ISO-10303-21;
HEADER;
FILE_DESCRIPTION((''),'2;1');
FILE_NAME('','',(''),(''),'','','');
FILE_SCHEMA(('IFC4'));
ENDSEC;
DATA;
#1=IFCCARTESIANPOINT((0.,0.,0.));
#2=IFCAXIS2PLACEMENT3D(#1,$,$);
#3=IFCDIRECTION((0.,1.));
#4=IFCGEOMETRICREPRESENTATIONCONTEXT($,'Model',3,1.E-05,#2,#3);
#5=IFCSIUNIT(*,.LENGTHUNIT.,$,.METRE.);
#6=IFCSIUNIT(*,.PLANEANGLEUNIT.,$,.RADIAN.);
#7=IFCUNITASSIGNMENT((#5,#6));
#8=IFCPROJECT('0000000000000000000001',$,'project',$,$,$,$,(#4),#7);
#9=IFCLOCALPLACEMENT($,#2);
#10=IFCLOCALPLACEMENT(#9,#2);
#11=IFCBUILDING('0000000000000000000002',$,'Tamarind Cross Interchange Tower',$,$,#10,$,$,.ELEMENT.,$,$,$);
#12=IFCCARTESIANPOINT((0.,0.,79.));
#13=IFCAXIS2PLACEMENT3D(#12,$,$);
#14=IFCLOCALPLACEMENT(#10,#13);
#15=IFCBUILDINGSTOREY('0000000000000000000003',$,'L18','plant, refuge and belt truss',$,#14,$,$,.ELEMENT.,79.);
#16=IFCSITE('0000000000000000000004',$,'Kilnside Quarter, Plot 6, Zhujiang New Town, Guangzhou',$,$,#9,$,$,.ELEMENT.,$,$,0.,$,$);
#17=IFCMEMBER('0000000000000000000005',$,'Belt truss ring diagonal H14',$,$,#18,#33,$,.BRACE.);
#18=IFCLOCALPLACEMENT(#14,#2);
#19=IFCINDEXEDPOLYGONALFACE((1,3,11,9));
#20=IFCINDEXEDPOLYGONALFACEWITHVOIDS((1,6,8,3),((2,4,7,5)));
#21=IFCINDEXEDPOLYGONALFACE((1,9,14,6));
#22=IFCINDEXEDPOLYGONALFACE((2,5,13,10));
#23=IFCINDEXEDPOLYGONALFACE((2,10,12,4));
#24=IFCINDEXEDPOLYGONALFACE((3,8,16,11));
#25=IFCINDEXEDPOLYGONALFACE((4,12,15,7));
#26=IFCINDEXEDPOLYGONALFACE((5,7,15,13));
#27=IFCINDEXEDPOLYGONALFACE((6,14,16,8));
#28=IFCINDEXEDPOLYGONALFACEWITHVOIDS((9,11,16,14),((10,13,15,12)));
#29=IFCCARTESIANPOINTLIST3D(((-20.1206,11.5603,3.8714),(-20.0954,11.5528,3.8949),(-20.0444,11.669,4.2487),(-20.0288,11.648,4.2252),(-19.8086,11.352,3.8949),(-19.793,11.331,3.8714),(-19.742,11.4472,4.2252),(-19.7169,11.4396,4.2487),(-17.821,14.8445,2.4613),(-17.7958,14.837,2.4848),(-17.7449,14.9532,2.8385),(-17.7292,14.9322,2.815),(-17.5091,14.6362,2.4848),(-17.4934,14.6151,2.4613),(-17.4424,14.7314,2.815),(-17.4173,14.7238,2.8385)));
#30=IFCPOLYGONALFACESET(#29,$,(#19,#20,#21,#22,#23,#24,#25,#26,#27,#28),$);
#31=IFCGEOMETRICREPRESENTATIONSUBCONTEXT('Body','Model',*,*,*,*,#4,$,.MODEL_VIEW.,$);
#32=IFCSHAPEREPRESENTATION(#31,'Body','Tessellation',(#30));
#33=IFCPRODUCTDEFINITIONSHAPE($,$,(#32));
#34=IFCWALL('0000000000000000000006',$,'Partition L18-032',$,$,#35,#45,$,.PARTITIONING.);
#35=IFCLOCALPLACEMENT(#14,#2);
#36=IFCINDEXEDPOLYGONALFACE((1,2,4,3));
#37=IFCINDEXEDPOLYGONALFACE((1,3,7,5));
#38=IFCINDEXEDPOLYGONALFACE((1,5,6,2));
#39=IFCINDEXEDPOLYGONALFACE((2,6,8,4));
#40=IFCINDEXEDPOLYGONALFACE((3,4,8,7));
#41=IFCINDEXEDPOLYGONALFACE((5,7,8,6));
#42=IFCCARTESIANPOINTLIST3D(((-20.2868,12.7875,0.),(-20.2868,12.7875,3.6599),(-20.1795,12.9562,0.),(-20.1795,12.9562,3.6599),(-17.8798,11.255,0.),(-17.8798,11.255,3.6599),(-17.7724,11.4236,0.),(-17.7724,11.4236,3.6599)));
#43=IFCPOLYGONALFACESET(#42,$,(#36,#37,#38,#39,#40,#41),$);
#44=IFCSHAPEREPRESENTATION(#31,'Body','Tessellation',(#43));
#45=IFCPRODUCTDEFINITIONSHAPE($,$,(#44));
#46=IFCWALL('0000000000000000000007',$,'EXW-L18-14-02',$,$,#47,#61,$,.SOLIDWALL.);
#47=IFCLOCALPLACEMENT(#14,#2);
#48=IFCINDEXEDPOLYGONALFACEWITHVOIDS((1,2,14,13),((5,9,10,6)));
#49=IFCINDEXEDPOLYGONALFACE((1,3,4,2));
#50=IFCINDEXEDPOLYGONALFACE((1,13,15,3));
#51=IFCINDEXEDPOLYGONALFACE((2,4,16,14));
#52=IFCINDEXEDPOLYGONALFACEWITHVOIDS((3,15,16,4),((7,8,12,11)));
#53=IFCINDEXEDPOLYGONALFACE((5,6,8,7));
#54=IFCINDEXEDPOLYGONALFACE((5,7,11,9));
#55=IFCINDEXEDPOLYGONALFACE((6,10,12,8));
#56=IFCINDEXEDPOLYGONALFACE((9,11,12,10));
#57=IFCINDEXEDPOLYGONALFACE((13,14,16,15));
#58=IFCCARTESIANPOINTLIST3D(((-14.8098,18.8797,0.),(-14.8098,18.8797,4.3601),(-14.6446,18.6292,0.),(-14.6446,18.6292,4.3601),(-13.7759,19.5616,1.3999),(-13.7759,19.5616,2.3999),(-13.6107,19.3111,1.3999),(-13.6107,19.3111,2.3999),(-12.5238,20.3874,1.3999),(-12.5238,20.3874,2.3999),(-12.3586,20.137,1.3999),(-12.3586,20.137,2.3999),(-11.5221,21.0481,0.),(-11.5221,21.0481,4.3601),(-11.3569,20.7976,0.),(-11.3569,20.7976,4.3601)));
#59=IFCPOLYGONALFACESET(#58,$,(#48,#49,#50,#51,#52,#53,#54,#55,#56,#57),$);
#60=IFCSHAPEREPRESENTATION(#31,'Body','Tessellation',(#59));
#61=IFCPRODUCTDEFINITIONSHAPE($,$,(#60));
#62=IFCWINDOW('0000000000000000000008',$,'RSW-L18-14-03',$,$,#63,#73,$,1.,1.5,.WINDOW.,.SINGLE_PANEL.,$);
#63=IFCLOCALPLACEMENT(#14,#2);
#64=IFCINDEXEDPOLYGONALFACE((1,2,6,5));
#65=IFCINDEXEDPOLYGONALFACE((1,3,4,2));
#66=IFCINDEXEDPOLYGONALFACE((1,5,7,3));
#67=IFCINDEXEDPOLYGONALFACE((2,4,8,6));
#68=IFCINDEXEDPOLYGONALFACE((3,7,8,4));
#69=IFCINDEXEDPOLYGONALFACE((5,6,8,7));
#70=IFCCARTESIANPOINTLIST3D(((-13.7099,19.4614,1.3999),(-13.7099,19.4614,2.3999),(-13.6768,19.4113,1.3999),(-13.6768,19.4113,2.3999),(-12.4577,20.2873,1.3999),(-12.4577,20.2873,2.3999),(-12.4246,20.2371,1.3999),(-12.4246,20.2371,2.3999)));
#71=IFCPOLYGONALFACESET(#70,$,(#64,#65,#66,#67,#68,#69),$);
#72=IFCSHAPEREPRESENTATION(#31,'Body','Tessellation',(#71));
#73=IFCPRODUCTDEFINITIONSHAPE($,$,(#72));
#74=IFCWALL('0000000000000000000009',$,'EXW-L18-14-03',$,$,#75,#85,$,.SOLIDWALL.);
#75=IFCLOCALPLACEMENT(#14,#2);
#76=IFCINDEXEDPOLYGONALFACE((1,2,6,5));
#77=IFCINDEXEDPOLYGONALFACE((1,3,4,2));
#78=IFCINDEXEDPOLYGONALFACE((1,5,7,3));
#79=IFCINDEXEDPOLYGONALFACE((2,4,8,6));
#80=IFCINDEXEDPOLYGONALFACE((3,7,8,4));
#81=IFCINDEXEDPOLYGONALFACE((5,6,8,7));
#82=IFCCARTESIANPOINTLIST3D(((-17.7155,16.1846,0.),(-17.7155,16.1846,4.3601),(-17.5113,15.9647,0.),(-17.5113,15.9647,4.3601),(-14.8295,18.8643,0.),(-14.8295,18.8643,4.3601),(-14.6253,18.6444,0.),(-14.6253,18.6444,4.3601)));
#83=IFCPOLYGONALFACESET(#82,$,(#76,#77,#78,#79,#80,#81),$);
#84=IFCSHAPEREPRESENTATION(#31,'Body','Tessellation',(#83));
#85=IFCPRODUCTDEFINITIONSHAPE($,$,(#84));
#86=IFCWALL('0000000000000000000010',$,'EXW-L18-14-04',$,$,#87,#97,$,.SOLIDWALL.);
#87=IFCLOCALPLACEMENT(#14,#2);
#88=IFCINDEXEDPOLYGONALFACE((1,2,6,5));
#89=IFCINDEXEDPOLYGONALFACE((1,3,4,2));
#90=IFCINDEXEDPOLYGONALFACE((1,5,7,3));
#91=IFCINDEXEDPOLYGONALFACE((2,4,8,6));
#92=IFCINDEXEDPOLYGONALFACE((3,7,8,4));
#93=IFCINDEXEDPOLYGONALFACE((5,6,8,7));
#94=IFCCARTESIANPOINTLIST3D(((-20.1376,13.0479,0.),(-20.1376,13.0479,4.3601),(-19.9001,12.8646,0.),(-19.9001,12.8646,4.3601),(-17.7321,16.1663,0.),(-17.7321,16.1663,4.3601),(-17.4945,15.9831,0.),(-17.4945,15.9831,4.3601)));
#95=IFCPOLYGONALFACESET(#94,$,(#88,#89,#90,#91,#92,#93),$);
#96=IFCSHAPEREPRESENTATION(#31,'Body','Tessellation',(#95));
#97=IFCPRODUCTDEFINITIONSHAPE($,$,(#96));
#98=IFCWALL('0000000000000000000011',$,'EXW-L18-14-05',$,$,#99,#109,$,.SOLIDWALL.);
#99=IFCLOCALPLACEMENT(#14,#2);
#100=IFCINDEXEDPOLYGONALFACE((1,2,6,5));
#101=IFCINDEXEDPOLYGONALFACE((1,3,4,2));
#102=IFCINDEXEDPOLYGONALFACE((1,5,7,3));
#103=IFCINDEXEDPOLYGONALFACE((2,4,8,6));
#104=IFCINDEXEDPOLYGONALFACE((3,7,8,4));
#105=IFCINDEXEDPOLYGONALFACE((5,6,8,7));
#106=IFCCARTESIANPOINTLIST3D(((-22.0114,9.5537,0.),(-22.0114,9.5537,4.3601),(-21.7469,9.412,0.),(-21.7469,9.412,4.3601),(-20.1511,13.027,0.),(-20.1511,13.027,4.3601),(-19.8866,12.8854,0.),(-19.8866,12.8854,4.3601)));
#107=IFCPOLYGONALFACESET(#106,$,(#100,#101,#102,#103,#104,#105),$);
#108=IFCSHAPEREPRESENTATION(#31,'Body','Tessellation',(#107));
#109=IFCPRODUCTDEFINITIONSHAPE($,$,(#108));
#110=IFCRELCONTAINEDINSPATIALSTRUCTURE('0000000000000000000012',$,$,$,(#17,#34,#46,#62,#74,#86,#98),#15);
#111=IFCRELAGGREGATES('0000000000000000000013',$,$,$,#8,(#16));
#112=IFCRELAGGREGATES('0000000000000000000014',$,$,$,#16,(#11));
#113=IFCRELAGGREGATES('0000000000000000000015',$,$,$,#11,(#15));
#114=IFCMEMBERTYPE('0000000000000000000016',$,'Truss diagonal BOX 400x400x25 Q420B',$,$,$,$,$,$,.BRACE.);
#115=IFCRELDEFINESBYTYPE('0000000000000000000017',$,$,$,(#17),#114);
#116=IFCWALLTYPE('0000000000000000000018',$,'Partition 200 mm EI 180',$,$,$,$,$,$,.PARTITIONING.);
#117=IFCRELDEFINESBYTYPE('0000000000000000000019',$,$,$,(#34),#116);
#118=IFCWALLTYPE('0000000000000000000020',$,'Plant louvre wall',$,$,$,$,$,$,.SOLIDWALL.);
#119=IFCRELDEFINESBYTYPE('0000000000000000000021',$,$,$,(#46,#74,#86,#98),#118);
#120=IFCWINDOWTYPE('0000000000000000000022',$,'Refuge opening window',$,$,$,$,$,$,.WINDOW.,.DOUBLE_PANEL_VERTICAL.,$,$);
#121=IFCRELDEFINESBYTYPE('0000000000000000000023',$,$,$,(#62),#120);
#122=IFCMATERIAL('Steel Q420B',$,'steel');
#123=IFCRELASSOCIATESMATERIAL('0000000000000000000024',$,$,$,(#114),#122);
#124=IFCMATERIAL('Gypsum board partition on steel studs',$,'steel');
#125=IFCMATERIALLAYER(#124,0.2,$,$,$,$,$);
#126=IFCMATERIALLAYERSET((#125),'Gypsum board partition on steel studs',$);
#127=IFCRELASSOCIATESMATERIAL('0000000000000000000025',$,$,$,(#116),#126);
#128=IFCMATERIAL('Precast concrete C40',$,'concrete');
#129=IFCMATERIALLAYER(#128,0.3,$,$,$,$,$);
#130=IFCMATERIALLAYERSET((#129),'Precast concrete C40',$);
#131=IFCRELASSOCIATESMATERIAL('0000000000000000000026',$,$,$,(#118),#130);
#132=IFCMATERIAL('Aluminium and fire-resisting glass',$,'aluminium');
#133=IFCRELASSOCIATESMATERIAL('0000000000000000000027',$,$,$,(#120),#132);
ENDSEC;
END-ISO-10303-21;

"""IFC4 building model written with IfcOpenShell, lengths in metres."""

from ifc_helpers import new_model, si_unit, direction, frame, frame_2d, origin, origin_2d, place, context, subcontext, project, spatial, rectangle, hollow_rectangle, extrude, material, layer, layer_set, material_profile, profile_set, type_object, element, fill, save


model = new_model("IFC4")

# Units and contexts
model_context = context("Model", 3, precision=1e-05, world=origin(), true_north=direction((0.0, 1.0)))
body_context = subcontext(model_context, "Body", "Model", "MODEL_VIEW")
ifc_project = project(units=[si_unit("LENGTHUNIT", "METRE"), si_unit("PLANEANGLEUNIT", "RADIAN")], contexts=[model_context])

# Site, building, storey
site_placement = place(None, origin())
site = spatial("IfcSite", under=ifc_project, at=site_placement, Name="Kilnside Quarter, Plot 6, Zhujiang New Town, Guangzhou", CompositionType="ELEMENT", RefElevation=0.0)
building_placement = place(site_placement, origin())
building = spatial("IfcBuilding", under=site, at=building_placement, Name="Tamarind Cross Interchange Tower", CompositionType="ELEMENT")
storey_placement = place(building_placement, frame((0.0, 0.0, 79.0)))
storey = spatial("IfcBuildingStorey", under=building, at=storey_placement, Name="L18", Description="plant, refuge and belt truss", CompositionType="ELEMENT", Elevation=79.0)

# Member
ifc_material_1 = material(Name="Steel Q420B", Category="steel")
ifc_material_profile_1 = material_profile(ifc_material_1, hollow_rectangle(XDim=0.3999, YDim=0.3999, WallThickness=0.0249, at=origin_2d()), Name="BOX 400x400x25")
ifc_profile_set_1 = profile_set([ifc_material_profile_1], Name="Steel Q420B")
member_type_1 = type_object("IfcMemberType", Name="Truss diagonal BOX 400x400x25 Q420B", PredefinedType="BRACE", material=ifc_profile_set_1)
for number, where, z_axis, x_axis, name in (
    (1, (-17.6191, 14.7842, 2.6499), (-0.541075, -0.772751, 0.331803), (0.819158, -0.573569, 0.0), "Belt truss ring diagonal H14"),
):
    element("IfcMember", number, at=place(storey_placement, frame(where, z_axis=z_axis, x_axis=x_axis)), inside=storey, type_object=member_type_1, Name=name, PredefinedType="BRACE", context=body_context, shape_type="SweptSolid", body=[
        extrude(hollow_rectangle(XDim=0.3999, YDim=0.3999, WallThickness=0.0249, at=origin_2d()), origin(), (0.0, 0.0, 1.0), 4.25),
    ])

# Wall
ifc_material_2 = material(Name="Gypsum board partition on steel studs", Category="steel")
ifc_layer_1 = layer(ifc_material_2, 0.2)
ifc_layer_set_1 = layer_set([ifc_layer_1], Name="Gypsum board partition on steel studs")
wall_type_1 = type_object("IfcWallType", Name="Partition 200 mm EI 180", PredefinedType="PARTITIONING", material=ifc_layer_set_1)
wall_1_placement = place(storey_placement, frame((-20.2332, 12.8718, 0.0), z_axis=(0.0, 0.0, 1.0), x_axis=(0.843542, -0.537064, 0.0)))
element("IfcWall", 2, at=wall_1_placement, inside=storey, type_object=wall_type_1, Name="Partition L18-032", PredefinedType="PARTITIONING", context=body_context, shape_type="SweptSolid", body=[
    extrude(rectangle(XDim=2.8535, YDim=0.2, at=frame_2d((1.4268, 0.0))), origin(), (0.0, 0.0, 1.0), 3.6599),
])

# Wall, opening, window
ifc_material_3 = material(Name="Precast concrete C40", Category="concrete")
ifc_layer_2 = layer(ifc_material_3, 0.3)
ifc_layer_set_2 = layer_set([ifc_layer_2], Name="Precast concrete C40")
wall_type_2 = type_object("IfcWallType", Name="Plant louvre wall", PredefinedType="SOLIDWALL", material=ifc_layer_set_2)
wall_2_placement = place(storey_placement, frame((-11.4395, 20.9229, 0.0), z_axis=(0.0, 0.0, 1.0), x_axis=(-0.834787, -0.550574, 0.0)))
wall_2 = element("IfcWall", 3, at=wall_2_placement, inside=storey, type_object=wall_type_2, Name="EXW-L18-14-02", PredefinedType="SOLIDWALL", context=body_context, shape_type="SweptSolid", body=[
    extrude(rectangle(XDim=3.9385, YDim=0.3, at=frame_2d((1.9692, 0.0))), origin(), (0.0, 0.0, 1.0), 4.3601),
])
opening_placement = place(wall_2_placement, frame((1.2, 0.0, 1.3999)))
opening = element("IfcOpeningElement", 4, at=opening_placement, cuts=wall_2, PredefinedType="OPENING", context=body_context, shape_type="SweptSolid", body=[
    extrude(rectangle(XDim=1.5, YDim=1.0, at=frame_2d((0.75, 0.5))), frame((0.0, 0.1599, 0.0), z_axis=(0.0, -1.0, 0.0), x_axis=(1.0, 0.0, 0.0)), (0.0, 0.0, 1.0), 0.3201),
])
ifc_material_4 = material(Name="Aluminium and fire-resisting glass", Category="aluminium")
window_type = type_object("IfcWindowType", Name="Refuge opening window", PartitioningType="DOUBLE_PANEL_VERTICAL", PredefinedType="WINDOW", material=ifc_material_4)
window_placement = place(opening_placement, origin())
window = element("IfcWindow", 5, at=window_placement, inside=storey, type_object=window_type, Name="RSW-L18-14-03", OverallHeight=1.0, OverallWidth=1.5, PartitioningType="SINGLE_PANEL", PredefinedType="WINDOW", context=body_context, shape_type="SweptSolid", body=[
    extrude(rectangle(XDim=1.5, YDim=1.0, at=frame_2d((0.75, 0.5))), frame((0.0, 0.03, 0.0), z_axis=(0.0, -1.0, 0.0), x_axis=(1.0, 0.0, 0.0)), (0.0, 0.0, 1.0), 0.0601),
])
fill(opening, window)

# Walls
wall_3_placement = place(storey_placement, frame((-14.7273, 18.7544, 0.0), z_axis=(0.0, 0.0, 1.0), x_axis=(-0.732813, -0.68043, 0.0)))
element("IfcWall", 6, at=wall_3_placement, inside=storey, type_object=wall_type_2, Name="EXW-L18-14-03", PredefinedType="SOLIDWALL", context=body_context, shape_type="SweptSolid", body=[
    extrude(rectangle(XDim=3.9382, YDim=0.3, at=frame_2d((1.9692, 0.0))), origin(), (0.0, 0.0, 1.0), 4.3601),
])
wall_4_placement = place(storey_placement, frame((-17.6133, 16.0747, 0.0), z_axis=(0.0, 0.0, 1.0), x_axis=(-0.610786, -0.791796, 0.0)))
element("IfcWall", 7, at=wall_4_placement, inside=storey, type_object=wall_type_2, Name="EXW-L18-14-04", PredefinedType="SOLIDWALL", context=body_context, shape_type="SweptSolid", body=[
    extrude(rectangle(XDim=3.9385, YDim=0.3, at=frame_2d((1.9692, 0.0))), origin(), (0.0, 0.0, 1.0), 4.3601),
])
wall_5_placement = place(storey_placement, frame((-20.0188, 12.9563, 0.0), z_axis=(0.0, 0.0, 1.0), x_axis=(-0.472144, -0.881521, 0.0)))
element("IfcWall", 8, at=wall_5_placement, inside=storey, type_object=wall_type_2, Name="EXW-L18-14-05", PredefinedType="SOLIDWALL", context=body_context, shape_type="SweptSolid", body=[
    extrude(rectangle(XDim=3.9402, YDim=0.3, at=frame_2d((1.9702, 0.0))), origin(), (0.0, 0.0, 1.0), 4.3601),
])

save(model, "model.ifc")
